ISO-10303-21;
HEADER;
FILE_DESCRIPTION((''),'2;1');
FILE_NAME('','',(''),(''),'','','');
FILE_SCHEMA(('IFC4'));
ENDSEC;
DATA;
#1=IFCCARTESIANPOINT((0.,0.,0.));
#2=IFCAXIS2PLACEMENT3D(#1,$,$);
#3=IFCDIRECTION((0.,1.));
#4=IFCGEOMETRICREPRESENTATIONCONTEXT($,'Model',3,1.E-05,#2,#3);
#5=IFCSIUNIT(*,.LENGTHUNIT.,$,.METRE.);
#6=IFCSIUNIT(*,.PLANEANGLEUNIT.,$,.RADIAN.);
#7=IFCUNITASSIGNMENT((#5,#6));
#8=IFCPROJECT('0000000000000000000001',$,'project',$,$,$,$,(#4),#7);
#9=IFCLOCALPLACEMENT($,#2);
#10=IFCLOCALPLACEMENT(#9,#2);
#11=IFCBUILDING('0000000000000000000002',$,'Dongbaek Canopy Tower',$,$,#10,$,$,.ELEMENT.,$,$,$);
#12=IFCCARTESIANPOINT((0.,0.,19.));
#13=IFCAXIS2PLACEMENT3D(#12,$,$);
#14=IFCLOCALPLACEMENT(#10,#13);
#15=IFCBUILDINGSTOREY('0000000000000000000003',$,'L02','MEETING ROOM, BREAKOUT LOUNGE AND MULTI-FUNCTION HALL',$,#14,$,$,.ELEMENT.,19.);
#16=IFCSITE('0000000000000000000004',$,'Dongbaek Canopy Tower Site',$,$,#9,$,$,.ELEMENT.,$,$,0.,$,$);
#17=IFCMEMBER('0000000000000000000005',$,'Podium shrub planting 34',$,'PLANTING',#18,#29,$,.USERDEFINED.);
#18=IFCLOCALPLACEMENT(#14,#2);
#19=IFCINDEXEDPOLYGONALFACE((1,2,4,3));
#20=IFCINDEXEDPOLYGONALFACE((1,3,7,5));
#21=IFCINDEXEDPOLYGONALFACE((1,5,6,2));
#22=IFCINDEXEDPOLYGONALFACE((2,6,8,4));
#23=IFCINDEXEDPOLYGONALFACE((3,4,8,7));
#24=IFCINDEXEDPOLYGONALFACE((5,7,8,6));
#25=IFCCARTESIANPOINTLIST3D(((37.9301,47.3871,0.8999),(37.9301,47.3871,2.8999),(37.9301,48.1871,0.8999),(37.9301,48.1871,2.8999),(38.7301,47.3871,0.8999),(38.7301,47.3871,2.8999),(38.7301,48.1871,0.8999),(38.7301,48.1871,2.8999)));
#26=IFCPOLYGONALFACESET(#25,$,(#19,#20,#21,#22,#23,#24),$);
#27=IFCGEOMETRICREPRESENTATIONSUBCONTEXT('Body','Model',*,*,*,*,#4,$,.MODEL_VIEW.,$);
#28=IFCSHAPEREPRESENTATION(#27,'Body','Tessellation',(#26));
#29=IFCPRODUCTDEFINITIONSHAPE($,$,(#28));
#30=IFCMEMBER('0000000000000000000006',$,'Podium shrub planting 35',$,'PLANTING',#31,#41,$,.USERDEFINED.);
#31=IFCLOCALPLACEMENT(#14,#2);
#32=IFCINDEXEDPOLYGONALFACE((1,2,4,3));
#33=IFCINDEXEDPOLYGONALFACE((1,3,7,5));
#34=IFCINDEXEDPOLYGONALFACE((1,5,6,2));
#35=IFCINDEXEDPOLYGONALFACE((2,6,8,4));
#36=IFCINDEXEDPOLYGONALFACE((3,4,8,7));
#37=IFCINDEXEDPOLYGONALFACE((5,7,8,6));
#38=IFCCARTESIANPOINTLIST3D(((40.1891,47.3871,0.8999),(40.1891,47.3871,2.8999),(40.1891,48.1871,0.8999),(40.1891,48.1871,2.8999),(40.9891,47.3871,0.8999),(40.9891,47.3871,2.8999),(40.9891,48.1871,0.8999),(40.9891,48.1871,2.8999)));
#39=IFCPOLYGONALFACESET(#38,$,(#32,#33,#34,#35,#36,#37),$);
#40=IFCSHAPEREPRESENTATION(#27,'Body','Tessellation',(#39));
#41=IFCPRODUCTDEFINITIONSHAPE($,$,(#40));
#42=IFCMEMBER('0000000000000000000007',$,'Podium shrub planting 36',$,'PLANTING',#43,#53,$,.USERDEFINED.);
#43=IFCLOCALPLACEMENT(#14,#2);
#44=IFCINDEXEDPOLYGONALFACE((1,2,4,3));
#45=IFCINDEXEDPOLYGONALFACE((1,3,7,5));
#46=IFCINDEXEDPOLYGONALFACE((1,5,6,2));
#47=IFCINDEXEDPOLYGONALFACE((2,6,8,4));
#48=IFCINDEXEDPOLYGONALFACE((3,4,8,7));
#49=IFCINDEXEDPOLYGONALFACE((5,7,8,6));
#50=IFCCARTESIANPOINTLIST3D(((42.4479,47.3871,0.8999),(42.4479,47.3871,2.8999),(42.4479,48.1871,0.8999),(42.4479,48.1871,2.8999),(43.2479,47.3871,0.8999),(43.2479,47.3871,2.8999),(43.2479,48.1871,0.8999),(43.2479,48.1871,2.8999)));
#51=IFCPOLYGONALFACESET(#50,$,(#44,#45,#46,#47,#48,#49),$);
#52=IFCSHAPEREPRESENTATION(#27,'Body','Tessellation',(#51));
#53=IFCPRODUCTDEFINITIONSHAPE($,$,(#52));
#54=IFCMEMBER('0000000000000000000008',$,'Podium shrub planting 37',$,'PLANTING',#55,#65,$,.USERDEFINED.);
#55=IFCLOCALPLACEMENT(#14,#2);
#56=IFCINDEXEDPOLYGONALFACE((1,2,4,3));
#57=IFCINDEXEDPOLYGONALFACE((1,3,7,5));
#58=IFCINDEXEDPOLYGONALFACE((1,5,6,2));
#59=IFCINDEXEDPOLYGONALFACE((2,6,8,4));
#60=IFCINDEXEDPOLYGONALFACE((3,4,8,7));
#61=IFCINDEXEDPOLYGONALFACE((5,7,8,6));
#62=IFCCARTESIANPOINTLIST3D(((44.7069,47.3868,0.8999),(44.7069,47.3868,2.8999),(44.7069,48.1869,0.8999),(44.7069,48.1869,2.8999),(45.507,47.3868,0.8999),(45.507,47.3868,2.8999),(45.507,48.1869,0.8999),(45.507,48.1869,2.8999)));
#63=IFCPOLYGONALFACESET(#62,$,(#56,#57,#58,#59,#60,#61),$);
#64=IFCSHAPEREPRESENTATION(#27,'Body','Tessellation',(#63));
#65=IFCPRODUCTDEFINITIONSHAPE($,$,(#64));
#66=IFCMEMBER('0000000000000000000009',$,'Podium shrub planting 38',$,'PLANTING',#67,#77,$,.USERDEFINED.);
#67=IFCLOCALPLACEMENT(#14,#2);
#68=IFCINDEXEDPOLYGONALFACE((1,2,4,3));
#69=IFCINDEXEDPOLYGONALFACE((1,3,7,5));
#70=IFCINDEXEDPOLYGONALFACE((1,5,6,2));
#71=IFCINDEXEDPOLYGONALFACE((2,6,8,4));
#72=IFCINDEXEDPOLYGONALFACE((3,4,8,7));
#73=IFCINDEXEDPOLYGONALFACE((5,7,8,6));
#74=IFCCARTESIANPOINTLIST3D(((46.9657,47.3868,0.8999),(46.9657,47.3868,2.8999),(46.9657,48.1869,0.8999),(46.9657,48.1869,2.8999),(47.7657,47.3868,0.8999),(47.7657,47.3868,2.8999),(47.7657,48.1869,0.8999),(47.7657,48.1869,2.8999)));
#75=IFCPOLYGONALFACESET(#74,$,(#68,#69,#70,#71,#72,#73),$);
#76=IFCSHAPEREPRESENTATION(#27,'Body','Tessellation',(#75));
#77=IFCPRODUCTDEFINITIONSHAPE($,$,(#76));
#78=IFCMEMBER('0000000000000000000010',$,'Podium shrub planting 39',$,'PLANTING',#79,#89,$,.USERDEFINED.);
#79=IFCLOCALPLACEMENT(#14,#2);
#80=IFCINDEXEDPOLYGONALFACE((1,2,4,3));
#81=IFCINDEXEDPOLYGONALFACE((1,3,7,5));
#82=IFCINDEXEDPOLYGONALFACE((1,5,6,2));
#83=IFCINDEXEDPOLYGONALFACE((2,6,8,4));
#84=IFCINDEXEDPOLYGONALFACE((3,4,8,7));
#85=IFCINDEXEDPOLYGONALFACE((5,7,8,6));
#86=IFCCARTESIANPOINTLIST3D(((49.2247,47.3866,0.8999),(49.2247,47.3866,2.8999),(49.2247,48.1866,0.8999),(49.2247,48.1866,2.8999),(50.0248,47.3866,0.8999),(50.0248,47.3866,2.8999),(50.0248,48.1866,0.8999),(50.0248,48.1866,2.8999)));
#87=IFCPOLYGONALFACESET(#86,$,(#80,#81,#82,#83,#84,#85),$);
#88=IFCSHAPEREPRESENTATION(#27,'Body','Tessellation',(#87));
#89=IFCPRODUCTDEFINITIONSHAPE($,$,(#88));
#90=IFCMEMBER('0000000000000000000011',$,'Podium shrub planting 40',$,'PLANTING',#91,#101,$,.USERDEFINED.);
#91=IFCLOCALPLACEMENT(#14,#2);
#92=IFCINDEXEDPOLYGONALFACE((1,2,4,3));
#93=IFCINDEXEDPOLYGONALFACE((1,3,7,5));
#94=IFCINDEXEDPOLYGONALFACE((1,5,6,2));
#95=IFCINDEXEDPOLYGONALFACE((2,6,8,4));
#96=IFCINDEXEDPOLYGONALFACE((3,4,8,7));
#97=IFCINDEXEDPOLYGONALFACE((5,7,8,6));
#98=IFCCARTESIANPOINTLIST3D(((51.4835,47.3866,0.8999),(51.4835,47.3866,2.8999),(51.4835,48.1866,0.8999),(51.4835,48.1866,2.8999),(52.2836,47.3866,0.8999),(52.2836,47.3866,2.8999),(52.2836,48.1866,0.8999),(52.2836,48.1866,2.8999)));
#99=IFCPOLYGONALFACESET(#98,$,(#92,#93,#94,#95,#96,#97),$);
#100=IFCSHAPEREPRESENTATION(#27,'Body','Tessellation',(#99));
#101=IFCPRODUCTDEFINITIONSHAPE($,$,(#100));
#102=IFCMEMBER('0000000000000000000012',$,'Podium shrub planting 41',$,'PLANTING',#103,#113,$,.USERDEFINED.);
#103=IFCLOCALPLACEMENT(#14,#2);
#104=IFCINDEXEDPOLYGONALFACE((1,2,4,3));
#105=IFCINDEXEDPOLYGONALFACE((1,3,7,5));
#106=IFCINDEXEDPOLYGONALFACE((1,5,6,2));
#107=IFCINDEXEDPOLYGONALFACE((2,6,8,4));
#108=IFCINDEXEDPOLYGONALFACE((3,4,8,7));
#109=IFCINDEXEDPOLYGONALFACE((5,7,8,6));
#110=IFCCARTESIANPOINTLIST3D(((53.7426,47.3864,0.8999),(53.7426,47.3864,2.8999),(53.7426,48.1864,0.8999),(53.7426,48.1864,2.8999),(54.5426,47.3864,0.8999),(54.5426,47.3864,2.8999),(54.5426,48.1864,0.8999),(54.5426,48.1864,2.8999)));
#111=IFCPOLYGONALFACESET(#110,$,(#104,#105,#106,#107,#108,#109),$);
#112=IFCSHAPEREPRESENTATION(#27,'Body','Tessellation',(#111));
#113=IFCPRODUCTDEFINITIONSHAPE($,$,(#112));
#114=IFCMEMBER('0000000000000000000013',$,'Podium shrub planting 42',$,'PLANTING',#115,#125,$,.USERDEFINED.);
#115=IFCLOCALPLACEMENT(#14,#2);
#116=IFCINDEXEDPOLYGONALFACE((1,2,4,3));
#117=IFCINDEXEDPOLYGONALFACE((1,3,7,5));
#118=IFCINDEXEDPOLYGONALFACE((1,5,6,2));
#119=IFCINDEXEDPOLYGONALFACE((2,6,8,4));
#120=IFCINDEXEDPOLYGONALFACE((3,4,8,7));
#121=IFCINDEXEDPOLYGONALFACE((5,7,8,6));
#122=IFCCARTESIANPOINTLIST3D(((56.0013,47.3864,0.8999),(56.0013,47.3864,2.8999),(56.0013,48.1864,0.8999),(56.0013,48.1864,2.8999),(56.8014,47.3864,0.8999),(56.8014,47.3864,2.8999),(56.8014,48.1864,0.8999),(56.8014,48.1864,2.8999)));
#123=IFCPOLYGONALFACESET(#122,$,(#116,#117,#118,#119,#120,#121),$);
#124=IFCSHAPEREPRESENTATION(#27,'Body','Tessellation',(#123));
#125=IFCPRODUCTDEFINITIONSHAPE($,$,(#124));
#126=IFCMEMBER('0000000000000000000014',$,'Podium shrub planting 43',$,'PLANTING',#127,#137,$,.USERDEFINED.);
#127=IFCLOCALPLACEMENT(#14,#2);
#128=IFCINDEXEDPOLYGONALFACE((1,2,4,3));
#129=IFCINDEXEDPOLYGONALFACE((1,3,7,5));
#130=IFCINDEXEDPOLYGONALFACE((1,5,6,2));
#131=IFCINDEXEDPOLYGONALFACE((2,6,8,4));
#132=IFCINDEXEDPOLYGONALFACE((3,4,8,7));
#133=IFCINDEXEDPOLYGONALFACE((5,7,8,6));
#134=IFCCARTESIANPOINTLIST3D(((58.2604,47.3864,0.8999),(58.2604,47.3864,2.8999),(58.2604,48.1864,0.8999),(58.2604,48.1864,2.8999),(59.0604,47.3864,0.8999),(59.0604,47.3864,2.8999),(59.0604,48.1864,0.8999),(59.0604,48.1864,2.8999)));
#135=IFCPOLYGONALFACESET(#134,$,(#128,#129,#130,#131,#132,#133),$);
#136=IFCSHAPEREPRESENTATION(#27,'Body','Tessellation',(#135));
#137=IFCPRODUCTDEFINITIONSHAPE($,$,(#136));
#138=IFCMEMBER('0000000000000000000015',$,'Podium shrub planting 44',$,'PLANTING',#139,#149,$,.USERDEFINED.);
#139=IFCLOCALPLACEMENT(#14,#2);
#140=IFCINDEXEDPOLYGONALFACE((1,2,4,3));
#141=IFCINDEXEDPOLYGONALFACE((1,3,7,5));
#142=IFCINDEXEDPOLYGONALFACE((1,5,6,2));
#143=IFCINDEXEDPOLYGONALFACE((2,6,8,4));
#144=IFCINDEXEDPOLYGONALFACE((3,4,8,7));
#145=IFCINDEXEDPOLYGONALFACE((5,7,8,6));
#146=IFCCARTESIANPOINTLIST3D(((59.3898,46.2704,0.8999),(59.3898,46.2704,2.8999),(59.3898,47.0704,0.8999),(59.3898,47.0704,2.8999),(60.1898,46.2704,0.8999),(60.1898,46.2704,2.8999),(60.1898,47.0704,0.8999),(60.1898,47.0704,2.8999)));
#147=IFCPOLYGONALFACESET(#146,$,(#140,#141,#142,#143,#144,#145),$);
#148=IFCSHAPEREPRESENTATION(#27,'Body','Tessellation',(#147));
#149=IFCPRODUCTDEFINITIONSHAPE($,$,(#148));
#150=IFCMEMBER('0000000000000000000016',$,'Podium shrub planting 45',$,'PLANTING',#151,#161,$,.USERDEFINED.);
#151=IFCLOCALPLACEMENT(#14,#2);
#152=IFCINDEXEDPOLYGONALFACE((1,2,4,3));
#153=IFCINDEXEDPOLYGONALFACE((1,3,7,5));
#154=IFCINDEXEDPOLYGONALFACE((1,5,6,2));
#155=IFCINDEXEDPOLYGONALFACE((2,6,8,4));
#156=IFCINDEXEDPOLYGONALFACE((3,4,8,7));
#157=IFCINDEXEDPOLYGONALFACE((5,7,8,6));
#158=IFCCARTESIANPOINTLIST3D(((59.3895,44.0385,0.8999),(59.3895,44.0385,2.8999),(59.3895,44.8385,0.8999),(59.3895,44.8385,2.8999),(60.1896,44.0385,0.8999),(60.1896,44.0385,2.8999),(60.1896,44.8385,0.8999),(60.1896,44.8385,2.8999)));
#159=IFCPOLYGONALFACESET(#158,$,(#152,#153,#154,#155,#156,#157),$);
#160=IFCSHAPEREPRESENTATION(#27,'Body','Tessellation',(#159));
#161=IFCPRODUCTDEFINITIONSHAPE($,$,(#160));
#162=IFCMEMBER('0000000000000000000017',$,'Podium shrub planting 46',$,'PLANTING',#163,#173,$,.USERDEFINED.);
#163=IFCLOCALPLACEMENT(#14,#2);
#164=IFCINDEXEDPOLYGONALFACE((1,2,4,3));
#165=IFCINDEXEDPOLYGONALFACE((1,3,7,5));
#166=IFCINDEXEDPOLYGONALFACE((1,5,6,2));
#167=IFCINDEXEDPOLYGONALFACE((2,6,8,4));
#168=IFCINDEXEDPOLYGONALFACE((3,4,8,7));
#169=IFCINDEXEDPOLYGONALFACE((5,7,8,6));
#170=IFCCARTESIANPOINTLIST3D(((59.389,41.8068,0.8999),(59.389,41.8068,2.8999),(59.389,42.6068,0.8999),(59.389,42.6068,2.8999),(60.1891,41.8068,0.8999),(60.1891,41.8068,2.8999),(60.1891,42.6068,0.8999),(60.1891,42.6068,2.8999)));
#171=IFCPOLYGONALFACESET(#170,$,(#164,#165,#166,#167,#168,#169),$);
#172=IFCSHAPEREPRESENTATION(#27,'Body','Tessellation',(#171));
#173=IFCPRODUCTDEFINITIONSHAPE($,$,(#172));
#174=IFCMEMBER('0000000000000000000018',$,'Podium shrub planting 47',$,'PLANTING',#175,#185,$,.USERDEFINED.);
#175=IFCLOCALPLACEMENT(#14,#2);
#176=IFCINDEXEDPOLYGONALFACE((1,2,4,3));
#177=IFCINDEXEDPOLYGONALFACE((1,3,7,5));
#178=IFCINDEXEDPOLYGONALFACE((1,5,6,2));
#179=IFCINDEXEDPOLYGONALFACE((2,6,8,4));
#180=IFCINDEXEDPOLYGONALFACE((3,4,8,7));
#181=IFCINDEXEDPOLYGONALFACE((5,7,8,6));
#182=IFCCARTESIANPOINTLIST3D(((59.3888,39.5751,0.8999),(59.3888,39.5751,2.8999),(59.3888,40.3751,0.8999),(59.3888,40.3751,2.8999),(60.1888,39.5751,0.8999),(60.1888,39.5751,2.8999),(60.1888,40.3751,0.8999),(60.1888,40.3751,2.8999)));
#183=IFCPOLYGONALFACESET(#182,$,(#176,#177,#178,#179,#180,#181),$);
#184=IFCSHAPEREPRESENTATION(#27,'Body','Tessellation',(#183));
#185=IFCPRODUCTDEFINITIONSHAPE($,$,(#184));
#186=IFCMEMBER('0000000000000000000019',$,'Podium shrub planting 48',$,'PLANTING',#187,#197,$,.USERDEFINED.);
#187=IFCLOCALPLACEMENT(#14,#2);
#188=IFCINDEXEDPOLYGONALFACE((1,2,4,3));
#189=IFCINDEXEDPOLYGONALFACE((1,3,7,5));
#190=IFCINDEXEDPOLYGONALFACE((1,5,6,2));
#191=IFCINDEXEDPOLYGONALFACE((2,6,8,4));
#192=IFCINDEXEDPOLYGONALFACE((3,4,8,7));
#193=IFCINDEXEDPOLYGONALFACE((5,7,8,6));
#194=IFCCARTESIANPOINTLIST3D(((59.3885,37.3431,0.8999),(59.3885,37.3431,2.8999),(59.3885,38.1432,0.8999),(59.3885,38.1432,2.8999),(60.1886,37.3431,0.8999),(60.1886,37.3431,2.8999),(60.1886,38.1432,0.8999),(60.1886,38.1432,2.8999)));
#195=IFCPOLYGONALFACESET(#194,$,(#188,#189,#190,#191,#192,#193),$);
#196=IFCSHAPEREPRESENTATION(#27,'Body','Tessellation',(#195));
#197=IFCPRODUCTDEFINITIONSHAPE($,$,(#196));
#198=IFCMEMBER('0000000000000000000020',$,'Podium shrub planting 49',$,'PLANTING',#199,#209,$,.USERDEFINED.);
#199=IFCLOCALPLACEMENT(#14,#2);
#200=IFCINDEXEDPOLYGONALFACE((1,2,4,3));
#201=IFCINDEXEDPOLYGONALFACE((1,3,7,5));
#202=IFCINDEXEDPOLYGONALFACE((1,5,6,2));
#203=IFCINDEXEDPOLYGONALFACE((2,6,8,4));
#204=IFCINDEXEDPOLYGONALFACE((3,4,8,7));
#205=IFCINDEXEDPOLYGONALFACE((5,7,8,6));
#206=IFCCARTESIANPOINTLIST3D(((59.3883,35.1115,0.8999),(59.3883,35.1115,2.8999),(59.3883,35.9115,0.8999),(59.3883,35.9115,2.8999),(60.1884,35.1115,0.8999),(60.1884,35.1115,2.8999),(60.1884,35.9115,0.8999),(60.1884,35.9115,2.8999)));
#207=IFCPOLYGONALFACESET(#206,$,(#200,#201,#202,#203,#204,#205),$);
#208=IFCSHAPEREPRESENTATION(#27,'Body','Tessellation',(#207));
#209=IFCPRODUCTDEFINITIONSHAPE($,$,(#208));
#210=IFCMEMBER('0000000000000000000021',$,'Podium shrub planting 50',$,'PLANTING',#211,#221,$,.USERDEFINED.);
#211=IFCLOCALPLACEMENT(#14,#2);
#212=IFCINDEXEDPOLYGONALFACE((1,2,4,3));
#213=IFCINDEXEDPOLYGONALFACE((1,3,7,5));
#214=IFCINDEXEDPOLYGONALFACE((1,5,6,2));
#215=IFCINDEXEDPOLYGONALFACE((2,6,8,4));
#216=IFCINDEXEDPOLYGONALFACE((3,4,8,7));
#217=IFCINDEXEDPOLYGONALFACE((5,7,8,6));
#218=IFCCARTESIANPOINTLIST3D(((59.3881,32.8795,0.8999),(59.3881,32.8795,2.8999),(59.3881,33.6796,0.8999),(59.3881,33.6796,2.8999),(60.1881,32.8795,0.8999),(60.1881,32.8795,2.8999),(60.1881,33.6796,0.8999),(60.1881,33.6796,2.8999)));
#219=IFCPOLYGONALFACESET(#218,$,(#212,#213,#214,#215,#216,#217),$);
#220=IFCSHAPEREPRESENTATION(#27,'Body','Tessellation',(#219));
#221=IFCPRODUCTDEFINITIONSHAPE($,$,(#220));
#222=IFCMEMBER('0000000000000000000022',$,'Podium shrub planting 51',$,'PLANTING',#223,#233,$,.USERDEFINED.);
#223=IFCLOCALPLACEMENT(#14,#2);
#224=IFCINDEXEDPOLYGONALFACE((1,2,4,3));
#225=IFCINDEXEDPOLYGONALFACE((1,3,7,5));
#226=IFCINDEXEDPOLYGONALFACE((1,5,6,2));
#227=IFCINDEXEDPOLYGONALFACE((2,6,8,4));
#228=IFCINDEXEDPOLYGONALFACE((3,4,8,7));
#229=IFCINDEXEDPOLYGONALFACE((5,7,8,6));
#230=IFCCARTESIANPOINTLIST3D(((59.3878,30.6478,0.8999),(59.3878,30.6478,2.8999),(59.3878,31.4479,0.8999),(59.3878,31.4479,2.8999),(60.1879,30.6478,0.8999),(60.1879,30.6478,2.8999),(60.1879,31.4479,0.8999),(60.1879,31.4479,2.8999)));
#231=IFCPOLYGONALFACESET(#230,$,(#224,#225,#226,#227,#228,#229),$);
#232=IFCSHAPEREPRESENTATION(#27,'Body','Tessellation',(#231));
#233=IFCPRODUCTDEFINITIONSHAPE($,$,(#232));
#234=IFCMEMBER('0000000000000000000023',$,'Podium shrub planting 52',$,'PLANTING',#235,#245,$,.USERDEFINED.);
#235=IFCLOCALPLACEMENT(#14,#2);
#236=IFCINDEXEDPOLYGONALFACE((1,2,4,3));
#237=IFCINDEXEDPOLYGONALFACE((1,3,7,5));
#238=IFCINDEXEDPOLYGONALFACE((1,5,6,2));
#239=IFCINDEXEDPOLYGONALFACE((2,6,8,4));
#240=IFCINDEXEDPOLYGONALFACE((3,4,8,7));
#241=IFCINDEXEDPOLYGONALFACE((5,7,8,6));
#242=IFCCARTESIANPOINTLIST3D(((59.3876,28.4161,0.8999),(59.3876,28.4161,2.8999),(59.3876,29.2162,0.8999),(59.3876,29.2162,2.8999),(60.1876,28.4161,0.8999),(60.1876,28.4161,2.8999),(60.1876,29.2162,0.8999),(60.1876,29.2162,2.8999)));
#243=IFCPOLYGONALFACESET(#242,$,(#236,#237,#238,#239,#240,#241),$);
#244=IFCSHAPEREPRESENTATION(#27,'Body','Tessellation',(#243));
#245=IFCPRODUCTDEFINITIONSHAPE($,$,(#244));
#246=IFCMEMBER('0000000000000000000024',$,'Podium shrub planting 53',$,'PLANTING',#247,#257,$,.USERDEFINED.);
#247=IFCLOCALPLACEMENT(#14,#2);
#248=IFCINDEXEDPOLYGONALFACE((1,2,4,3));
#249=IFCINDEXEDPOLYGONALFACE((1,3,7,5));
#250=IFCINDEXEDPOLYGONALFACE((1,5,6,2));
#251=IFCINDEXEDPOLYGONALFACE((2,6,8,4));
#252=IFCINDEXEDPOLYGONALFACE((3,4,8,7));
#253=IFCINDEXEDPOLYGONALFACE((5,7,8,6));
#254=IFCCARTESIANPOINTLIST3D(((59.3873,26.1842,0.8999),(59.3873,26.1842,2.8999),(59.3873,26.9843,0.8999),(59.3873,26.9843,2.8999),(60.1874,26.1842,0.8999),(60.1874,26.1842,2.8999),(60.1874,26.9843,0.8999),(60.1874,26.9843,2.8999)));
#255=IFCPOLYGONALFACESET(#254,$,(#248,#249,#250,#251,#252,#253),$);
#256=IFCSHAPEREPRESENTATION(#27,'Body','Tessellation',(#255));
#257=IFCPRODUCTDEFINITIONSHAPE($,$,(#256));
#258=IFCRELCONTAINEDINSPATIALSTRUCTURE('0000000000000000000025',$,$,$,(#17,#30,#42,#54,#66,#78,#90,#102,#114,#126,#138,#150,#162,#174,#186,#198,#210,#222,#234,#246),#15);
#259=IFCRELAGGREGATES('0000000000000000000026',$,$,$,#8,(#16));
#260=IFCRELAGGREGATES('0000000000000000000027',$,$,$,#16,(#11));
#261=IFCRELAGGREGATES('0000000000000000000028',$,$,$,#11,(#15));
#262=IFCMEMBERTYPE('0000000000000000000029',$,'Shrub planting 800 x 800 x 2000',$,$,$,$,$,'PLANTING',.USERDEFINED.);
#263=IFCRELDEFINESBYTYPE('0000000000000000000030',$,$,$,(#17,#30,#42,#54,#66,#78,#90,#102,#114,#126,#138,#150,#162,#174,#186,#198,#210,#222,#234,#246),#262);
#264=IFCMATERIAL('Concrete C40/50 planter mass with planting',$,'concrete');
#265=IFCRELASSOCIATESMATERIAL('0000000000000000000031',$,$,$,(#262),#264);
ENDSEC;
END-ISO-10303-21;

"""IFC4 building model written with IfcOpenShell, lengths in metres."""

from ifc_helpers import new_model, si_unit, direction, frame, origin, origin_2d, place, context, subcontext, project, spatial, rectangle, extrude, material, material_profile, profile_set, type_object, element, save


model = new_model("IFC4")

# Units and contexts
model_context = context("Model", 3, precision=1e-05, world=origin(), true_north=direction((0.0, 1.0)))
body_context = subcontext(model_context, "Body", "Model", "MODEL_VIEW")
ifc_project = project(units=[si_unit("LENGTHUNIT", "METRE"), si_unit("PLANEANGLEUNIT", "RADIAN")], contexts=[model_context])

# Site, building, storey
site_placement = place(None, origin())
site = spatial("IfcSite", under=ifc_project, at=site_placement, Name="Dongbaek Canopy Tower Site", CompositionType="ELEMENT", RefElevation=0.0)
building_placement = place(site_placement, origin())
building = spatial("IfcBuilding", under=site, at=building_placement, Name="Dongbaek Canopy Tower", CompositionType="ELEMENT")
storey_placement = place(building_placement, frame((0.0, 0.0, 19.0)))
storey = spatial("IfcBuildingStorey", under=building, at=storey_placement, Name="L02", Description="MEETING ROOM, BREAKOUT LOUNGE AND MULTI-FUNCTION HALL", CompositionType="ELEMENT", Elevation=19.0)

# Members
ifc_material_1 = material(Name="Concrete C40/50 planter mass with planting", Category="concrete")
ifc_material_profile = material_profile(ifc_material_1, rectangle(XDim=0.8, YDim=0.8, at=origin_2d()), Name="Shrub planting 800 x 800 x 2000")
ifc_profile_set = profile_set([ifc_material_profile], Name="Concrete C40/50 planter mass with planting")
member_type = type_object("IfcMemberType", Name="Shrub planting 800 x 800 x 2000", ElementType="PLANTING", PredefinedType="USERDEFINED", material=ifc_profile_set)
for number, where, z_axis, x_axis, name in (
    (1, (38.3301, 47.7871, 0.8999), (0.0, 0.0, 1.0), (1.0, 0.0, 0.0), "Podium shrub planting 34"),
    (2, (40.5891, 47.7871, 0.8999), (0.0, 0.0, 1.0), (1.0, 0.0, 0.0), "Podium shrub planting 35"),
    (3, (42.8479, 47.7871, 0.8999), (0.0, 0.0, 1.0), (1.0, 0.0, 0.0), "Podium shrub planting 36"),
    (4, (45.1069, 47.7869, 0.8999), (0.0, 0.0, 1.0), (1.0, 0.0, 0.0), "Podium shrub planting 37"),
    (5, (47.3657, 47.7869, 0.8999), (0.0, 0.0, 1.0), (1.0, 0.0, 0.0), "Podium shrub planting 38"),
    (6, (49.6248, 47.7866, 0.8999), (0.0, 0.0, 1.0), (1.0, 0.0, 0.0), "Podium shrub planting 39"),
    (7, (51.8835, 47.7866, 0.8999), (0.0, 0.0, 1.0), (1.0, 0.0, 0.0), "Podium shrub planting 40"),
    (8, (54.1426, 47.7864, 0.8999), (0.0, 0.0, 1.0), (1.0, 0.0, 0.0), "Podium shrub planting 41"),
    (9, (56.4014, 47.7864, 0.8999), (0.0, 0.0, 1.0), (1.0, 0.0, 0.0), "Podium shrub planting 42"),
    (10, (58.6604, 47.7864, 0.8999), (0.0, 0.0, 1.0), (1.0, 0.0, 0.0), "Podium shrub planting 43"),
    (11, (59.7898, 46.6704, 0.8999), (0.0, 0.0, 1.0), (1.0, 0.0, 0.0), "Podium shrub planting 44"),
    (12, (59.7896, 44.4385, 0.8999), (0.0, 0.0, 1.0), (1.0, 0.0, 0.0), "Podium shrub planting 45"),
    (13, (59.7891, 42.2068, 0.8999), (0.0, 0.0, 1.0), (1.0, 0.0, 0.0), "Podium shrub planting 46"),
    (14, (59.7888, 39.9751, 0.8999), (0.0, 0.0, 1.0), (1.0, 0.0, 0.0), "Podium shrub planting 47"),
    (15, (59.7886, 37.7432, 0.8999), (0.0, 0.0, 1.0), (1.0, 0.0, 0.0), "Podium shrub planting 48"),
    (16, (59.7883, 35.5115, 0.8999), (0.0, 0.0, 1.0), (1.0, 0.0, 0.0), "Podium shrub planting 49"),
    (17, (59.7881, 33.2795, 0.8999), (0.0, 0.0, 1.0), (1.0, 0.0, 0.0), "Podium shrub planting 50"),
    (18, (59.7878, 31.0479, 0.8999), (0.0, 0.0, 1.0), (1.0, 0.0, 0.0), "Podium shrub planting 51"),
    (19, (59.7876, 28.8162, 0.8999), (0.0, 0.0, 1.0), (1.0, 0.0, 0.0), "Podium shrub planting 52"),
    (20, (59.7874, 26.5842, 0.8999), (0.0, 0.0, 1.0), (1.0, 0.0, 0.0), "Podium shrub planting 53"),
):
    element("IfcMember", number, at=place(storey_placement, frame(where, z_axis=z_axis, x_axis=x_axis)), inside=storey, type_object=member_type, Name=name, ObjectType="PLANTING", PredefinedType="USERDEFINED", context=body_context, shape_type="SweptSolid", body=[
        extrude(rectangle(XDim=0.8, YDim=0.8, at=origin_2d()), origin(), (0.0, 0.0, 1.0), 2.0),
    ])

save(model, "model.ifc")
